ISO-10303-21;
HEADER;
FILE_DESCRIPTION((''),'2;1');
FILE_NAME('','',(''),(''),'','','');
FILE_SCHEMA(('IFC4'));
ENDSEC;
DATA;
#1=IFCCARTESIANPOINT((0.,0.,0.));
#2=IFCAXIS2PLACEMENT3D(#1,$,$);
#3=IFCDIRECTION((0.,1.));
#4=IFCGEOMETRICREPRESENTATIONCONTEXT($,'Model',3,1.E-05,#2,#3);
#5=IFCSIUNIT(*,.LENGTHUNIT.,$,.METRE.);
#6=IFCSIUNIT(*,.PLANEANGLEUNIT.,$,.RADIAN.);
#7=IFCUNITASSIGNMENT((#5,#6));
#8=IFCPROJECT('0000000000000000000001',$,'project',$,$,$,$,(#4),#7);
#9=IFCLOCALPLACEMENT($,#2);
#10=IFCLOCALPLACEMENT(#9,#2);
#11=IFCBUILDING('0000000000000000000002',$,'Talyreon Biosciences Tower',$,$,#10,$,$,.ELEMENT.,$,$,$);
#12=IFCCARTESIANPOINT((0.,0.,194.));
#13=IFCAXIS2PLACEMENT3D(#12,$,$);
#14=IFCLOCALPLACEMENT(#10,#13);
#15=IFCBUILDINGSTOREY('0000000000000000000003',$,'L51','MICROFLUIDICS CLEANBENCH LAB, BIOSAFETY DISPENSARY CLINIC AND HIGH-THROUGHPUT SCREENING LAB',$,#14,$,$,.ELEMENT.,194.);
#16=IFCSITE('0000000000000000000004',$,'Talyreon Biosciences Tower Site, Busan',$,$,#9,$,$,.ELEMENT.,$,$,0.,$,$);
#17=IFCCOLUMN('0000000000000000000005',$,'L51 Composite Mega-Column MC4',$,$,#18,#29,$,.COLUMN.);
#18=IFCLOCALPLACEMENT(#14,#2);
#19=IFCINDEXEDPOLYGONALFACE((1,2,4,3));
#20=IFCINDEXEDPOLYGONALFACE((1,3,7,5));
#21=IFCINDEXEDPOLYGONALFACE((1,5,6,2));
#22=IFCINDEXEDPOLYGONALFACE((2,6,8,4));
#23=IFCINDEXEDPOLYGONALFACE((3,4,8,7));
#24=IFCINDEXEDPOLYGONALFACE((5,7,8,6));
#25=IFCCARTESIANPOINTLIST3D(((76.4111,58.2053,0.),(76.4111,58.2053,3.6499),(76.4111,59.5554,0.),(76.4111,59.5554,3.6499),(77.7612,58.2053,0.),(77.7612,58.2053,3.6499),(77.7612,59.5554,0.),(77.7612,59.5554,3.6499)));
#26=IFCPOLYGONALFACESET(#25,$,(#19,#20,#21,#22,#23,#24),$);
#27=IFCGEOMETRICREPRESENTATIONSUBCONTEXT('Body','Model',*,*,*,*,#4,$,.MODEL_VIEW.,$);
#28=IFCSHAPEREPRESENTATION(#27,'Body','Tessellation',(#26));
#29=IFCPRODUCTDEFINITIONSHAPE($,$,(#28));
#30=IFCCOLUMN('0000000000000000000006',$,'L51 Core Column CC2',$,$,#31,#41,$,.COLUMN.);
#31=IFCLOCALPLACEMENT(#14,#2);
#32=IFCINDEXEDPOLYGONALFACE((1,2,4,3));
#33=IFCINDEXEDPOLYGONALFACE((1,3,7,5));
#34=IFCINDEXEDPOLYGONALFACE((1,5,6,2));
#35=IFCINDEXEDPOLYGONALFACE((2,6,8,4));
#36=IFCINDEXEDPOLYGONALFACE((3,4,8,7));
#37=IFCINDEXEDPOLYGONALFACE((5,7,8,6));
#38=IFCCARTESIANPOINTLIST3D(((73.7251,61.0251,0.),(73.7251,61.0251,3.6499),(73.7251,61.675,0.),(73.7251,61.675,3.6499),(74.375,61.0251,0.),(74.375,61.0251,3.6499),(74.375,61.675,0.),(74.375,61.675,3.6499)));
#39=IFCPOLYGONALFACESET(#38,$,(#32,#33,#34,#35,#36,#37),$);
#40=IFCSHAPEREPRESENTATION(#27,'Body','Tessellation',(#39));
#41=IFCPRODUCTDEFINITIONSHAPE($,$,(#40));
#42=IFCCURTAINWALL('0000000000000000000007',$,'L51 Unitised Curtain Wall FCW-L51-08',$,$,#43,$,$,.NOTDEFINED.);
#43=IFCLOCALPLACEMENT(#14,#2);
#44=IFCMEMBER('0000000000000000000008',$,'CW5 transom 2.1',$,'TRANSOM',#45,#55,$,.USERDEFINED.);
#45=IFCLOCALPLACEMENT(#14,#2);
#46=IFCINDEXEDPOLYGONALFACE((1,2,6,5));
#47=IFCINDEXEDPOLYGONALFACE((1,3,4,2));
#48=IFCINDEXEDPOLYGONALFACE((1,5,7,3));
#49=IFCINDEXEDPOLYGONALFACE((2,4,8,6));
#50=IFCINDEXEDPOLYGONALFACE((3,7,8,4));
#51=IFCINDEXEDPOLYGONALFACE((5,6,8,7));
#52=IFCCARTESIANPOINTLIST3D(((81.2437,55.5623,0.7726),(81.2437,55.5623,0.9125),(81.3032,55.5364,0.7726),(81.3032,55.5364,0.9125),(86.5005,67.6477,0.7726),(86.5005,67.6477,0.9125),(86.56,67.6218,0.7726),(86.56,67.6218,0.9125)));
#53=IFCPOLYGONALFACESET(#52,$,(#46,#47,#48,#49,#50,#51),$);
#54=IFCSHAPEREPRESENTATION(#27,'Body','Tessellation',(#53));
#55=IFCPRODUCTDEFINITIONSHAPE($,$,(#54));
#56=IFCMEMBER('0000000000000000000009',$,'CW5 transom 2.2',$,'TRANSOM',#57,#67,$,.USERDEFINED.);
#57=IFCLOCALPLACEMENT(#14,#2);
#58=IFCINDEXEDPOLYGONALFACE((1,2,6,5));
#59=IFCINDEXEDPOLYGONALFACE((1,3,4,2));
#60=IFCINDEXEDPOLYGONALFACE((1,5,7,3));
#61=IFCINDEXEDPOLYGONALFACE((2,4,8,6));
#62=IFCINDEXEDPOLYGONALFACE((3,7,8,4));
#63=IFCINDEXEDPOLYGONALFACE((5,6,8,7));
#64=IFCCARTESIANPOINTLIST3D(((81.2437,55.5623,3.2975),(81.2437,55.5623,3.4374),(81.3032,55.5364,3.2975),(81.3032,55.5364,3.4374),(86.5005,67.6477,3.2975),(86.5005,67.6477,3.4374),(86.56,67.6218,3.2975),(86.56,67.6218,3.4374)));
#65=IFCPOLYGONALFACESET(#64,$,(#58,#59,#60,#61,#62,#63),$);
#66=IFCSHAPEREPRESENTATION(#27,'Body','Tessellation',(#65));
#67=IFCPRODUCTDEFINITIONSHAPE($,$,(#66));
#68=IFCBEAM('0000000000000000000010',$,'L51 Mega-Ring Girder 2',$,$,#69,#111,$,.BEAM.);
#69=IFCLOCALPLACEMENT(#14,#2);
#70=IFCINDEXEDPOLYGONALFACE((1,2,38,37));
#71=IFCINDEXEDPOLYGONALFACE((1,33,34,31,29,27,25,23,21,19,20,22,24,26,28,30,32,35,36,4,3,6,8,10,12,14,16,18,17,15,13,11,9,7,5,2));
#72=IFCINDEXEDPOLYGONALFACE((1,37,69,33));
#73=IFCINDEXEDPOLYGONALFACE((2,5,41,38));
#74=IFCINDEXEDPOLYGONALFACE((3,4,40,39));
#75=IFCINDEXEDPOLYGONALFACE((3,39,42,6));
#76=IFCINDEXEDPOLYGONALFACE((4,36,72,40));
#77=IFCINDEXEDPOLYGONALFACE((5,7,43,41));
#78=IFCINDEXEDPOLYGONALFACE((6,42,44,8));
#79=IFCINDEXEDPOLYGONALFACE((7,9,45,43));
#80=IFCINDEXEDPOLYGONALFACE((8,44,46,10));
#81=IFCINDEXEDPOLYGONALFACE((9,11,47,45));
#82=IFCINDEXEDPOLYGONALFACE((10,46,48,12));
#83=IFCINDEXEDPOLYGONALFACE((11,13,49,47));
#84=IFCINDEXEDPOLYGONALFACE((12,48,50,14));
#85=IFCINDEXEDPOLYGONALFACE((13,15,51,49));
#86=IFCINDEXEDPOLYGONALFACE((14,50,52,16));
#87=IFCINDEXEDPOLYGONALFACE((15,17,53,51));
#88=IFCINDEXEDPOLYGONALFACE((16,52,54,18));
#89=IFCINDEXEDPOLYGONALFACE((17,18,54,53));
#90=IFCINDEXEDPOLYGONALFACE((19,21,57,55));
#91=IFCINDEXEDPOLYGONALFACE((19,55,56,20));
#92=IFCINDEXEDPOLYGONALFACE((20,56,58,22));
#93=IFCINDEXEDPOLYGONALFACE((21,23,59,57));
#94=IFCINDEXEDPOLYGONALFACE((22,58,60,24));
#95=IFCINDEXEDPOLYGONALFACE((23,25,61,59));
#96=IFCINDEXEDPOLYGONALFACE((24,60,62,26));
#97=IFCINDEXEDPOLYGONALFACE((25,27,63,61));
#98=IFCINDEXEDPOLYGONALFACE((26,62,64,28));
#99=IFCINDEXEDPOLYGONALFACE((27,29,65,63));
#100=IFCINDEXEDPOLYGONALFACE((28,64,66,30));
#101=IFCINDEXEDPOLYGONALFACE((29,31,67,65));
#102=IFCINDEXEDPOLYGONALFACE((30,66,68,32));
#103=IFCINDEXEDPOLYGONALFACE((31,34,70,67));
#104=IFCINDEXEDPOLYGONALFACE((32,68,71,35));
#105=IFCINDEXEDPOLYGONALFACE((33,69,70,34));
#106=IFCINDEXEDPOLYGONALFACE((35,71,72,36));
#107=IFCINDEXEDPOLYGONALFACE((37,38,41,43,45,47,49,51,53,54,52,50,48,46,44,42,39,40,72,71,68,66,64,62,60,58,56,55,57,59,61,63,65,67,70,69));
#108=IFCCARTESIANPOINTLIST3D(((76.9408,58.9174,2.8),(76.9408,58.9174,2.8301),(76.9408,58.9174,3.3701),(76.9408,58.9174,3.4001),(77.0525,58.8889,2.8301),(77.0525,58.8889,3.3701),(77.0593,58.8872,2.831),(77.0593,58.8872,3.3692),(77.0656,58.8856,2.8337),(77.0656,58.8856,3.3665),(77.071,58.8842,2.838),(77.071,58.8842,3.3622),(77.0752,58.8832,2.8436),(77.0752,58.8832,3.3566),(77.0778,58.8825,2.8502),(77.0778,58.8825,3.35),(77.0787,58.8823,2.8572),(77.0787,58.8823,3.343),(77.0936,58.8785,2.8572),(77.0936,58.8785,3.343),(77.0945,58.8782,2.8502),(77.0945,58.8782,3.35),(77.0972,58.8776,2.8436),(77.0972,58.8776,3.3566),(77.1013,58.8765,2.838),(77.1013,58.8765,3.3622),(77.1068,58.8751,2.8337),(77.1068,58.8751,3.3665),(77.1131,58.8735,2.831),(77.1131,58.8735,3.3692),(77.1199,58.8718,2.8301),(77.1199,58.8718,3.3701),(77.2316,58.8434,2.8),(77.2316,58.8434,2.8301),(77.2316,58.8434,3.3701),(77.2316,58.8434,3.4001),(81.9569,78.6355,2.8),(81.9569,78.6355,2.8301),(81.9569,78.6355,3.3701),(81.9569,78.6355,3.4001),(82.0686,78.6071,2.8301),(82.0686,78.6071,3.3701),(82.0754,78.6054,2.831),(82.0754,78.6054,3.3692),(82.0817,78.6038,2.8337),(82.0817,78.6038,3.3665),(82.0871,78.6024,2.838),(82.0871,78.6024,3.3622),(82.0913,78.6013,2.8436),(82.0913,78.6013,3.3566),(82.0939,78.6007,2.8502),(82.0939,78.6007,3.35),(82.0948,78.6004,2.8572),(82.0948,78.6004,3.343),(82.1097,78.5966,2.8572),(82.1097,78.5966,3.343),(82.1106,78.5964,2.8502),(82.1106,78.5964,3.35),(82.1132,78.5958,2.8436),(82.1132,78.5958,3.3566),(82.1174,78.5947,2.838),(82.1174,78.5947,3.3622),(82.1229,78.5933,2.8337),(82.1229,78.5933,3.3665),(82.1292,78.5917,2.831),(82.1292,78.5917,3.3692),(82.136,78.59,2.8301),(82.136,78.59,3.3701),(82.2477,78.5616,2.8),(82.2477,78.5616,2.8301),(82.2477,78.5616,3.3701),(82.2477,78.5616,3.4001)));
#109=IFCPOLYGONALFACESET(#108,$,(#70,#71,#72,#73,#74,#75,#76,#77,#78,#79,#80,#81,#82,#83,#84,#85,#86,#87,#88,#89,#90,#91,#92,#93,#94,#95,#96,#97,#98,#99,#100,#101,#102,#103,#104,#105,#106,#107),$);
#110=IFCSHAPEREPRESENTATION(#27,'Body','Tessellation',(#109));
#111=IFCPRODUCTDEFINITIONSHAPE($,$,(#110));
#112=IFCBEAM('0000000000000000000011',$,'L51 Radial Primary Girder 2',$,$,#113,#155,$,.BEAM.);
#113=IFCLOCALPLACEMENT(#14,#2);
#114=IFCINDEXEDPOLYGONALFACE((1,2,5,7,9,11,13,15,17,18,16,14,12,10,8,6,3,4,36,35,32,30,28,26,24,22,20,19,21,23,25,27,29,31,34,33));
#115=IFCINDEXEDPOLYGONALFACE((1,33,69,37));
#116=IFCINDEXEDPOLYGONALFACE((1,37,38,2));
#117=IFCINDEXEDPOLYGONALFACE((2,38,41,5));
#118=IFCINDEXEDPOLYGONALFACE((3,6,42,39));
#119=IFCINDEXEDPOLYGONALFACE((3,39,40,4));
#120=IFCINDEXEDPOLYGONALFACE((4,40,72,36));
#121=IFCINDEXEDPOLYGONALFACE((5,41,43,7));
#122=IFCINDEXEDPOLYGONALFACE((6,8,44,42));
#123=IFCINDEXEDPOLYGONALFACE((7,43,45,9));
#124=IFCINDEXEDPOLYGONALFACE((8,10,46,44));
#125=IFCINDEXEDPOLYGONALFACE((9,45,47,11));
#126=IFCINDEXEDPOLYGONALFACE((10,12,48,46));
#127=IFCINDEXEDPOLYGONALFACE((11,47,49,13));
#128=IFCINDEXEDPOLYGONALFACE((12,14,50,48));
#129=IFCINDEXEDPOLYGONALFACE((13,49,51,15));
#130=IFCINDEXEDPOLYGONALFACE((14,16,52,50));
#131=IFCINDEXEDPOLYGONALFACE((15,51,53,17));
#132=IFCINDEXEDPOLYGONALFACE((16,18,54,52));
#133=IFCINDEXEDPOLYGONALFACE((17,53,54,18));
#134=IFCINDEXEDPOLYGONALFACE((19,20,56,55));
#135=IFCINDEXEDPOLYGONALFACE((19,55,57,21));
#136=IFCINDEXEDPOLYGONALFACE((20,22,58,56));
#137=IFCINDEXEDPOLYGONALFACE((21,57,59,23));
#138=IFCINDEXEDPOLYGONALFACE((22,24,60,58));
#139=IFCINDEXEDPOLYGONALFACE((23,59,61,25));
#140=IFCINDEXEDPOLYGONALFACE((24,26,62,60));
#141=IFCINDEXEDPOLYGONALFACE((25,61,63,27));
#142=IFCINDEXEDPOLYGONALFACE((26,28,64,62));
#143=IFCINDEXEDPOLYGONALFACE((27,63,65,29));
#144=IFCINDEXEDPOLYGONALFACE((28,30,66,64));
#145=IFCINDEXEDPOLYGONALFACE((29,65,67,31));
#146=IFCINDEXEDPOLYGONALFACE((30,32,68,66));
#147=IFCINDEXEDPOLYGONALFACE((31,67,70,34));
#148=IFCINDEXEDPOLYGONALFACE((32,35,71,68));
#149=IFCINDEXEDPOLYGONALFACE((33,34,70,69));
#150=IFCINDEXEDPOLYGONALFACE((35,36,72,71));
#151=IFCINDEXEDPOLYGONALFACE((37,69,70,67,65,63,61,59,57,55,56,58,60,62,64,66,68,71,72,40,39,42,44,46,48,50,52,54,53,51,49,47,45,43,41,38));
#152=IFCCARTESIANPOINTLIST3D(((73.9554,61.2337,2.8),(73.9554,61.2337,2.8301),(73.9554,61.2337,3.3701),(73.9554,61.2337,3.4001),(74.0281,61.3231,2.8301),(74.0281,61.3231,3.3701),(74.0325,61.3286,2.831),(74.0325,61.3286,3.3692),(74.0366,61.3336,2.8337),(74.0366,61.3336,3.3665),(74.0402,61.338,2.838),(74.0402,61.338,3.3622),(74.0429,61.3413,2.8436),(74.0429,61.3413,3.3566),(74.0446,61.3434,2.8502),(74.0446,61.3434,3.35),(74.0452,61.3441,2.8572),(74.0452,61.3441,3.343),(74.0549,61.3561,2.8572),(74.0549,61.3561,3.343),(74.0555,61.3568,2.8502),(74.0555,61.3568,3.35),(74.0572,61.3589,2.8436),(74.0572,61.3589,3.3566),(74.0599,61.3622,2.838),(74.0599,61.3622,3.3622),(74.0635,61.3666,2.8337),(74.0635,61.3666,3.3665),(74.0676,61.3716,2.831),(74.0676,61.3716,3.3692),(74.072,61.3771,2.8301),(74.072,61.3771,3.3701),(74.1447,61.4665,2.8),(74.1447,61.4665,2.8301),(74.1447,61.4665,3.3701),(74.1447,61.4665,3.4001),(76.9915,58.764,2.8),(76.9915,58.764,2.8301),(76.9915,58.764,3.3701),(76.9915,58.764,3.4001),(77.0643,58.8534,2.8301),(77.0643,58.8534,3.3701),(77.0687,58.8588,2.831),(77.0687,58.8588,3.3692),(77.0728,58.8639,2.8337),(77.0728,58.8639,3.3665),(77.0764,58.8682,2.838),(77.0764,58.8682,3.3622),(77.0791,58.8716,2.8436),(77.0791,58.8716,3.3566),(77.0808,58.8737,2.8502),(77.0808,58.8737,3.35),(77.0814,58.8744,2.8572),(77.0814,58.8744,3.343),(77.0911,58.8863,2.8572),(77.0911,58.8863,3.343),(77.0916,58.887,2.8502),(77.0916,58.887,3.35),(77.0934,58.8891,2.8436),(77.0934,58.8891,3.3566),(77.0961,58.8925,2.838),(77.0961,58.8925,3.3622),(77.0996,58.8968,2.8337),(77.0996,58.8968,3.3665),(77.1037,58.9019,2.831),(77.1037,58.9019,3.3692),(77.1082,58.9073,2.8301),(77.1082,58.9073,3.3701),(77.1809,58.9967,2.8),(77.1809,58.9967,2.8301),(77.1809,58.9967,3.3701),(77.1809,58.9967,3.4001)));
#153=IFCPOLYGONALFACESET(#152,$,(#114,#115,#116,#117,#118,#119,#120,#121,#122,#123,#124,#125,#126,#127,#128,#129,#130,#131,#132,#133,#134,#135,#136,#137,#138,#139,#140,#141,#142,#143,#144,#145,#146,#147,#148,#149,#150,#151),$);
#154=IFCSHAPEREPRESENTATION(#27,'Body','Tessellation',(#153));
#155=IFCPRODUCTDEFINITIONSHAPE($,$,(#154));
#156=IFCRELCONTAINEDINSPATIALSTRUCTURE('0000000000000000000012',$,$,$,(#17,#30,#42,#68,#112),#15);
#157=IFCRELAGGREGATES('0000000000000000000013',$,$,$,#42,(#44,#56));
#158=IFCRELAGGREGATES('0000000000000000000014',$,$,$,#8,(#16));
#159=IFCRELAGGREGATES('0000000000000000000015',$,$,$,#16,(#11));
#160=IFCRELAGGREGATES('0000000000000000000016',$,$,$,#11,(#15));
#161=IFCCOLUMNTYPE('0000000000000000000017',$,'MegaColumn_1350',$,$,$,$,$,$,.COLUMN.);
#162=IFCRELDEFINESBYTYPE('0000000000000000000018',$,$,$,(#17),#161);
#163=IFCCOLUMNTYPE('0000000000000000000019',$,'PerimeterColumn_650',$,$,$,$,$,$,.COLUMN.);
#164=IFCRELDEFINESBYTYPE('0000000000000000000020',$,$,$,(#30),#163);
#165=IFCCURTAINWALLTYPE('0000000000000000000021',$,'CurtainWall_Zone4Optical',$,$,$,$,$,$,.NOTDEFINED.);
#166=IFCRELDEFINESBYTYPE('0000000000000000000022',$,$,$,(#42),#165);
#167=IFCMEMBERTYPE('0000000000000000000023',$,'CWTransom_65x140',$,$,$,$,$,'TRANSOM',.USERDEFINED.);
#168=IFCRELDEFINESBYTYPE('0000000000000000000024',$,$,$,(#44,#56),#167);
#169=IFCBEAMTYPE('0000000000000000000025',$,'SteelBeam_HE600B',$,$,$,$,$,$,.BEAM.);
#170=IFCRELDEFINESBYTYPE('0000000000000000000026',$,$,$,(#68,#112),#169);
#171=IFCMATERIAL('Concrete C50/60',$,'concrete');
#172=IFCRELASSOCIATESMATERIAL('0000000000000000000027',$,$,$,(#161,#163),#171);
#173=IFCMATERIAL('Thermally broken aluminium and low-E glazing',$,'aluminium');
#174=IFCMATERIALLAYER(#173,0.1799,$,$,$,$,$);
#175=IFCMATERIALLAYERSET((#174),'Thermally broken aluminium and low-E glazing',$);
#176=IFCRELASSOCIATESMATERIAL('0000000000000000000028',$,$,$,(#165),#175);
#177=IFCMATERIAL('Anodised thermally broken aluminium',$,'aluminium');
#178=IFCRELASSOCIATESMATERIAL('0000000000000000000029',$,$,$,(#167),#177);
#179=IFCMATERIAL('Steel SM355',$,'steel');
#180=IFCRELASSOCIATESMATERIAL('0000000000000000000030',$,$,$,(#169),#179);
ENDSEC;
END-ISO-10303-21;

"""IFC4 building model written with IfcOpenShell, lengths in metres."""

from ifc_helpers import new_model, si_unit, direction, frame, origin, origin_2d, place, context, subcontext, project, spatial, rectangle, i_section, extrude, material, layer, layer_set, material_profile, profile_set, type_object, element, aggregate, save


model = new_model("IFC4")

# Units and contexts
model_context = context("Model", 3, precision=1e-05, world=origin(), true_north=direction((0.0, 1.0)))
body_context = subcontext(model_context, "Body", "Model", "MODEL_VIEW")
ifc_project = project(units=[si_unit("LENGTHUNIT", "METRE"), si_unit("PLANEANGLEUNIT", "RADIAN")], contexts=[model_context])

# Site, building, storey
site_placement = place(None, origin())
site = spatial("IfcSite", under=ifc_project, at=site_placement, Name="Talyreon Biosciences Tower Site, Busan", CompositionType="ELEMENT", RefElevation=0.0)
building_placement = place(site_placement, origin())
building = spatial("IfcBuilding", under=site, at=building_placement, Name="Talyreon Biosciences Tower", CompositionType="ELEMENT")
storey_placement = place(building_placement, frame((0.0, 0.0, 194.0)))
storey = spatial("IfcBuildingStorey", under=building, at=storey_placement, Name="L51", Description="MICROFLUIDICS CLEANBENCH LAB, BIOSAFETY DISPENSARY CLINIC AND HIGH-THROUGHPUT SCREENING LAB", CompositionType="ELEMENT", Elevation=194.0)

# Columns
ifc_material_1 = material(Name="Concrete C50/60", Category="concrete")
ifc_material_profile_1 = material_profile(ifc_material_1, rectangle(XDim=1.3501, YDim=1.3501, at=origin_2d()), Name="RC 1350x1350")
ifc_profile_set_1 = profile_set([ifc_material_profile_1], Name="Concrete C50/60")
column_type_1 = type_object("IfcColumnType", Name="MegaColumn_1350", PredefinedType="COLUMN", material=ifc_profile_set_1)
column_1_placement = place(storey_placement, frame((77.0862, 58.8804, 0.0), z_axis=(0.0, 0.0, 1.0), x_axis=(1.0, 0.0, 0.0)))
element("IfcColumn", 1, at=column_1_placement, inside=storey, type_object=column_type_1, Name="L51 Composite Mega-Column MC4", PredefinedType="COLUMN", context=body_context, shape_type="SweptSolid", body=[
    extrude(rectangle(XDim=1.3501, YDim=1.3501, at=origin_2d()), origin(), (0.0, 0.0, 1.0), 3.6499),
])
ifc_material_profile_2 = material_profile(ifc_material_1, rectangle(XDim=0.6499, YDim=0.6499, at=origin_2d()), Name="RC 650x650")
ifc_profile_set_2 = profile_set([ifc_material_profile_2], Name="Concrete C50/60")
column_type_2 = type_object("IfcColumnType", Name="PerimeterColumn_650", PredefinedType="COLUMN", material=ifc_profile_set_2)
column_2_placement = place(storey_placement, frame((74.05, 61.3501, 0.0), z_axis=(0.0, 0.0, 1.0), x_axis=(1.0, 0.0, 0.0)))
element("IfcColumn", 2, at=column_2_placement, inside=storey, type_object=column_type_2, Name="L51 Core Column CC2", PredefinedType="COLUMN", context=body_context, shape_type="SweptSolid", body=[
    extrude(rectangle(XDim=0.6499, YDim=0.6499, at=origin_2d()), origin(), (0.0, 0.0, 1.0), 3.6499),
])

# Curtain wall, members
ifc_material_2 = material(Name="Thermally broken aluminium and low-E glazing", Category="aluminium")
ifc_layer_1 = layer(ifc_material_2, 0.1799)
ifc_layer_set_1 = layer_set([ifc_layer_1], Name="Thermally broken aluminium and low-E glazing")
curtain_wall_type = type_object("IfcCurtainWallType", Name="CurtainWall_Zone4Optical", PredefinedType="NOTDEFINED", material=ifc_layer_set_1)
curtain_wall_placement = place(storey_placement, origin())
curtain_wall = element("IfcCurtainWall", 3, at=curtain_wall_placement, inside=storey, type_object=curtain_wall_type, Name="L51 Unitised Curtain Wall FCW-L51-08", PredefinedType="NOTDEFINED")
ifc_material_3 = material(Name="Anodised thermally broken aluminium", Category="aluminium")
ifc_material_profile_3 = material_profile(ifc_material_3, rectangle(XDim=0.0649, YDim=0.1399, at=origin_2d()), Name="ALUM TRANSOM 65x140")
ifc_profile_set_3 = profile_set([ifc_material_profile_3], Name="Anodised thermally broken aluminium")
member_type = type_object("IfcMemberType", Name="CWTransom_65x140", ElementType="TRANSOM", PredefinedType="USERDEFINED", material=ifc_profile_set_3)
member_1_placement = place(storey_placement, frame((86.5303, 67.6348, 0.8425), z_axis=(-0.398872, -0.917006, 0.0), x_axis=(0.917006, -0.398872, 0.0)))
member_1 = element("IfcMember", 4, at=member_1_placement, type_object=member_type, Name="CW5 transom 2.1", ObjectType="TRANSOM", PredefinedType="USERDEFINED", context=body_context, shape_type="SweptSolid", body=[
    extrude(rectangle(XDim=0.0649, YDim=0.1399, at=origin_2d()), origin(), (0.0, 0.0, 1.0), 13.1792),
])
member_2_placement = place(storey_placement, frame((86.5303, 67.6348, 3.3674), z_axis=(-0.398872, -0.917006, 0.0), x_axis=(0.917006, -0.398872, 0.0)))
member_2 = element("IfcMember", 5, at=member_2_placement, type_object=member_type, Name="CW5 transom 2.2", ObjectType="TRANSOM", PredefinedType="USERDEFINED", context=body_context, shape_type="SweptSolid", body=[
    extrude(rectangle(XDim=0.0649, YDim=0.1399, at=origin_2d()), origin(), (0.0, 0.0, 1.0), 13.1792),
])

# Beams
ifc_material_4 = material(Name="Steel SM355", Category="steel")
ifc_material_profile_4 = material_profile(ifc_material_4, i_section(OverallWidth=0.3, OverallDepth=0.6001, WebThickness=0.0154, FlangeThickness=0.03, FilletRadius=0.0271, at=origin_2d()), Name="HE600B")
ifc_profile_set_4 = profile_set([ifc_material_profile_4], Name="Steel SM355")
beam_type_1 = type_object("IfcBeamType", Name="SteelBeam_HE600B", PredefinedType="BEAM", material=ifc_profile_set_4)
beam_1_placement = place(storey_placement, frame((77.0862, 58.8804, 3.1001), z_axis=(0.246537, 0.969133, 0.0), x_axis=(-0.969133, 0.246537, 0.0)))
element("IfcBeam", 6, at=beam_1_placement, inside=storey, type_object=beam_type_1, Name="L51 Mega-Ring Girder 2", PredefinedType="BEAM", context=body_context, shape_type="SweptSolid", body=[
    extrude(i_section(OverallWidth=0.3, OverallDepth=0.6001, WebThickness=0.0154, FlangeThickness=0.03, FilletRadius=0.0271, at=origin_2d()), origin(), (0.0, 0.0, 1.0), 20.3462),
])
beam_2_placement = place(storey_placement, frame((74.05, 61.3501, 3.1001), z_axis=(0.775755, -0.631034, 0.0), x_axis=(0.631034, 0.775755, 0.0)))
element("IfcBeam", 7, at=beam_2_placement, inside=storey, type_object=beam_type_1, Name="L51 Radial Primary Girder 2", PredefinedType="BEAM", context=body_context, shape_type="SweptSolid", body=[
    extrude(i_section(OverallWidth=0.3, OverallDepth=0.6001, WebThickness=0.0154, FlangeThickness=0.03, FilletRadius=0.0271, at=origin_2d()), origin(), (0.0, 0.0, 1.0), 3.9138),
])

aggregate(curtain_wall, [member_1, member_2])

save(model, "model.ifc")
